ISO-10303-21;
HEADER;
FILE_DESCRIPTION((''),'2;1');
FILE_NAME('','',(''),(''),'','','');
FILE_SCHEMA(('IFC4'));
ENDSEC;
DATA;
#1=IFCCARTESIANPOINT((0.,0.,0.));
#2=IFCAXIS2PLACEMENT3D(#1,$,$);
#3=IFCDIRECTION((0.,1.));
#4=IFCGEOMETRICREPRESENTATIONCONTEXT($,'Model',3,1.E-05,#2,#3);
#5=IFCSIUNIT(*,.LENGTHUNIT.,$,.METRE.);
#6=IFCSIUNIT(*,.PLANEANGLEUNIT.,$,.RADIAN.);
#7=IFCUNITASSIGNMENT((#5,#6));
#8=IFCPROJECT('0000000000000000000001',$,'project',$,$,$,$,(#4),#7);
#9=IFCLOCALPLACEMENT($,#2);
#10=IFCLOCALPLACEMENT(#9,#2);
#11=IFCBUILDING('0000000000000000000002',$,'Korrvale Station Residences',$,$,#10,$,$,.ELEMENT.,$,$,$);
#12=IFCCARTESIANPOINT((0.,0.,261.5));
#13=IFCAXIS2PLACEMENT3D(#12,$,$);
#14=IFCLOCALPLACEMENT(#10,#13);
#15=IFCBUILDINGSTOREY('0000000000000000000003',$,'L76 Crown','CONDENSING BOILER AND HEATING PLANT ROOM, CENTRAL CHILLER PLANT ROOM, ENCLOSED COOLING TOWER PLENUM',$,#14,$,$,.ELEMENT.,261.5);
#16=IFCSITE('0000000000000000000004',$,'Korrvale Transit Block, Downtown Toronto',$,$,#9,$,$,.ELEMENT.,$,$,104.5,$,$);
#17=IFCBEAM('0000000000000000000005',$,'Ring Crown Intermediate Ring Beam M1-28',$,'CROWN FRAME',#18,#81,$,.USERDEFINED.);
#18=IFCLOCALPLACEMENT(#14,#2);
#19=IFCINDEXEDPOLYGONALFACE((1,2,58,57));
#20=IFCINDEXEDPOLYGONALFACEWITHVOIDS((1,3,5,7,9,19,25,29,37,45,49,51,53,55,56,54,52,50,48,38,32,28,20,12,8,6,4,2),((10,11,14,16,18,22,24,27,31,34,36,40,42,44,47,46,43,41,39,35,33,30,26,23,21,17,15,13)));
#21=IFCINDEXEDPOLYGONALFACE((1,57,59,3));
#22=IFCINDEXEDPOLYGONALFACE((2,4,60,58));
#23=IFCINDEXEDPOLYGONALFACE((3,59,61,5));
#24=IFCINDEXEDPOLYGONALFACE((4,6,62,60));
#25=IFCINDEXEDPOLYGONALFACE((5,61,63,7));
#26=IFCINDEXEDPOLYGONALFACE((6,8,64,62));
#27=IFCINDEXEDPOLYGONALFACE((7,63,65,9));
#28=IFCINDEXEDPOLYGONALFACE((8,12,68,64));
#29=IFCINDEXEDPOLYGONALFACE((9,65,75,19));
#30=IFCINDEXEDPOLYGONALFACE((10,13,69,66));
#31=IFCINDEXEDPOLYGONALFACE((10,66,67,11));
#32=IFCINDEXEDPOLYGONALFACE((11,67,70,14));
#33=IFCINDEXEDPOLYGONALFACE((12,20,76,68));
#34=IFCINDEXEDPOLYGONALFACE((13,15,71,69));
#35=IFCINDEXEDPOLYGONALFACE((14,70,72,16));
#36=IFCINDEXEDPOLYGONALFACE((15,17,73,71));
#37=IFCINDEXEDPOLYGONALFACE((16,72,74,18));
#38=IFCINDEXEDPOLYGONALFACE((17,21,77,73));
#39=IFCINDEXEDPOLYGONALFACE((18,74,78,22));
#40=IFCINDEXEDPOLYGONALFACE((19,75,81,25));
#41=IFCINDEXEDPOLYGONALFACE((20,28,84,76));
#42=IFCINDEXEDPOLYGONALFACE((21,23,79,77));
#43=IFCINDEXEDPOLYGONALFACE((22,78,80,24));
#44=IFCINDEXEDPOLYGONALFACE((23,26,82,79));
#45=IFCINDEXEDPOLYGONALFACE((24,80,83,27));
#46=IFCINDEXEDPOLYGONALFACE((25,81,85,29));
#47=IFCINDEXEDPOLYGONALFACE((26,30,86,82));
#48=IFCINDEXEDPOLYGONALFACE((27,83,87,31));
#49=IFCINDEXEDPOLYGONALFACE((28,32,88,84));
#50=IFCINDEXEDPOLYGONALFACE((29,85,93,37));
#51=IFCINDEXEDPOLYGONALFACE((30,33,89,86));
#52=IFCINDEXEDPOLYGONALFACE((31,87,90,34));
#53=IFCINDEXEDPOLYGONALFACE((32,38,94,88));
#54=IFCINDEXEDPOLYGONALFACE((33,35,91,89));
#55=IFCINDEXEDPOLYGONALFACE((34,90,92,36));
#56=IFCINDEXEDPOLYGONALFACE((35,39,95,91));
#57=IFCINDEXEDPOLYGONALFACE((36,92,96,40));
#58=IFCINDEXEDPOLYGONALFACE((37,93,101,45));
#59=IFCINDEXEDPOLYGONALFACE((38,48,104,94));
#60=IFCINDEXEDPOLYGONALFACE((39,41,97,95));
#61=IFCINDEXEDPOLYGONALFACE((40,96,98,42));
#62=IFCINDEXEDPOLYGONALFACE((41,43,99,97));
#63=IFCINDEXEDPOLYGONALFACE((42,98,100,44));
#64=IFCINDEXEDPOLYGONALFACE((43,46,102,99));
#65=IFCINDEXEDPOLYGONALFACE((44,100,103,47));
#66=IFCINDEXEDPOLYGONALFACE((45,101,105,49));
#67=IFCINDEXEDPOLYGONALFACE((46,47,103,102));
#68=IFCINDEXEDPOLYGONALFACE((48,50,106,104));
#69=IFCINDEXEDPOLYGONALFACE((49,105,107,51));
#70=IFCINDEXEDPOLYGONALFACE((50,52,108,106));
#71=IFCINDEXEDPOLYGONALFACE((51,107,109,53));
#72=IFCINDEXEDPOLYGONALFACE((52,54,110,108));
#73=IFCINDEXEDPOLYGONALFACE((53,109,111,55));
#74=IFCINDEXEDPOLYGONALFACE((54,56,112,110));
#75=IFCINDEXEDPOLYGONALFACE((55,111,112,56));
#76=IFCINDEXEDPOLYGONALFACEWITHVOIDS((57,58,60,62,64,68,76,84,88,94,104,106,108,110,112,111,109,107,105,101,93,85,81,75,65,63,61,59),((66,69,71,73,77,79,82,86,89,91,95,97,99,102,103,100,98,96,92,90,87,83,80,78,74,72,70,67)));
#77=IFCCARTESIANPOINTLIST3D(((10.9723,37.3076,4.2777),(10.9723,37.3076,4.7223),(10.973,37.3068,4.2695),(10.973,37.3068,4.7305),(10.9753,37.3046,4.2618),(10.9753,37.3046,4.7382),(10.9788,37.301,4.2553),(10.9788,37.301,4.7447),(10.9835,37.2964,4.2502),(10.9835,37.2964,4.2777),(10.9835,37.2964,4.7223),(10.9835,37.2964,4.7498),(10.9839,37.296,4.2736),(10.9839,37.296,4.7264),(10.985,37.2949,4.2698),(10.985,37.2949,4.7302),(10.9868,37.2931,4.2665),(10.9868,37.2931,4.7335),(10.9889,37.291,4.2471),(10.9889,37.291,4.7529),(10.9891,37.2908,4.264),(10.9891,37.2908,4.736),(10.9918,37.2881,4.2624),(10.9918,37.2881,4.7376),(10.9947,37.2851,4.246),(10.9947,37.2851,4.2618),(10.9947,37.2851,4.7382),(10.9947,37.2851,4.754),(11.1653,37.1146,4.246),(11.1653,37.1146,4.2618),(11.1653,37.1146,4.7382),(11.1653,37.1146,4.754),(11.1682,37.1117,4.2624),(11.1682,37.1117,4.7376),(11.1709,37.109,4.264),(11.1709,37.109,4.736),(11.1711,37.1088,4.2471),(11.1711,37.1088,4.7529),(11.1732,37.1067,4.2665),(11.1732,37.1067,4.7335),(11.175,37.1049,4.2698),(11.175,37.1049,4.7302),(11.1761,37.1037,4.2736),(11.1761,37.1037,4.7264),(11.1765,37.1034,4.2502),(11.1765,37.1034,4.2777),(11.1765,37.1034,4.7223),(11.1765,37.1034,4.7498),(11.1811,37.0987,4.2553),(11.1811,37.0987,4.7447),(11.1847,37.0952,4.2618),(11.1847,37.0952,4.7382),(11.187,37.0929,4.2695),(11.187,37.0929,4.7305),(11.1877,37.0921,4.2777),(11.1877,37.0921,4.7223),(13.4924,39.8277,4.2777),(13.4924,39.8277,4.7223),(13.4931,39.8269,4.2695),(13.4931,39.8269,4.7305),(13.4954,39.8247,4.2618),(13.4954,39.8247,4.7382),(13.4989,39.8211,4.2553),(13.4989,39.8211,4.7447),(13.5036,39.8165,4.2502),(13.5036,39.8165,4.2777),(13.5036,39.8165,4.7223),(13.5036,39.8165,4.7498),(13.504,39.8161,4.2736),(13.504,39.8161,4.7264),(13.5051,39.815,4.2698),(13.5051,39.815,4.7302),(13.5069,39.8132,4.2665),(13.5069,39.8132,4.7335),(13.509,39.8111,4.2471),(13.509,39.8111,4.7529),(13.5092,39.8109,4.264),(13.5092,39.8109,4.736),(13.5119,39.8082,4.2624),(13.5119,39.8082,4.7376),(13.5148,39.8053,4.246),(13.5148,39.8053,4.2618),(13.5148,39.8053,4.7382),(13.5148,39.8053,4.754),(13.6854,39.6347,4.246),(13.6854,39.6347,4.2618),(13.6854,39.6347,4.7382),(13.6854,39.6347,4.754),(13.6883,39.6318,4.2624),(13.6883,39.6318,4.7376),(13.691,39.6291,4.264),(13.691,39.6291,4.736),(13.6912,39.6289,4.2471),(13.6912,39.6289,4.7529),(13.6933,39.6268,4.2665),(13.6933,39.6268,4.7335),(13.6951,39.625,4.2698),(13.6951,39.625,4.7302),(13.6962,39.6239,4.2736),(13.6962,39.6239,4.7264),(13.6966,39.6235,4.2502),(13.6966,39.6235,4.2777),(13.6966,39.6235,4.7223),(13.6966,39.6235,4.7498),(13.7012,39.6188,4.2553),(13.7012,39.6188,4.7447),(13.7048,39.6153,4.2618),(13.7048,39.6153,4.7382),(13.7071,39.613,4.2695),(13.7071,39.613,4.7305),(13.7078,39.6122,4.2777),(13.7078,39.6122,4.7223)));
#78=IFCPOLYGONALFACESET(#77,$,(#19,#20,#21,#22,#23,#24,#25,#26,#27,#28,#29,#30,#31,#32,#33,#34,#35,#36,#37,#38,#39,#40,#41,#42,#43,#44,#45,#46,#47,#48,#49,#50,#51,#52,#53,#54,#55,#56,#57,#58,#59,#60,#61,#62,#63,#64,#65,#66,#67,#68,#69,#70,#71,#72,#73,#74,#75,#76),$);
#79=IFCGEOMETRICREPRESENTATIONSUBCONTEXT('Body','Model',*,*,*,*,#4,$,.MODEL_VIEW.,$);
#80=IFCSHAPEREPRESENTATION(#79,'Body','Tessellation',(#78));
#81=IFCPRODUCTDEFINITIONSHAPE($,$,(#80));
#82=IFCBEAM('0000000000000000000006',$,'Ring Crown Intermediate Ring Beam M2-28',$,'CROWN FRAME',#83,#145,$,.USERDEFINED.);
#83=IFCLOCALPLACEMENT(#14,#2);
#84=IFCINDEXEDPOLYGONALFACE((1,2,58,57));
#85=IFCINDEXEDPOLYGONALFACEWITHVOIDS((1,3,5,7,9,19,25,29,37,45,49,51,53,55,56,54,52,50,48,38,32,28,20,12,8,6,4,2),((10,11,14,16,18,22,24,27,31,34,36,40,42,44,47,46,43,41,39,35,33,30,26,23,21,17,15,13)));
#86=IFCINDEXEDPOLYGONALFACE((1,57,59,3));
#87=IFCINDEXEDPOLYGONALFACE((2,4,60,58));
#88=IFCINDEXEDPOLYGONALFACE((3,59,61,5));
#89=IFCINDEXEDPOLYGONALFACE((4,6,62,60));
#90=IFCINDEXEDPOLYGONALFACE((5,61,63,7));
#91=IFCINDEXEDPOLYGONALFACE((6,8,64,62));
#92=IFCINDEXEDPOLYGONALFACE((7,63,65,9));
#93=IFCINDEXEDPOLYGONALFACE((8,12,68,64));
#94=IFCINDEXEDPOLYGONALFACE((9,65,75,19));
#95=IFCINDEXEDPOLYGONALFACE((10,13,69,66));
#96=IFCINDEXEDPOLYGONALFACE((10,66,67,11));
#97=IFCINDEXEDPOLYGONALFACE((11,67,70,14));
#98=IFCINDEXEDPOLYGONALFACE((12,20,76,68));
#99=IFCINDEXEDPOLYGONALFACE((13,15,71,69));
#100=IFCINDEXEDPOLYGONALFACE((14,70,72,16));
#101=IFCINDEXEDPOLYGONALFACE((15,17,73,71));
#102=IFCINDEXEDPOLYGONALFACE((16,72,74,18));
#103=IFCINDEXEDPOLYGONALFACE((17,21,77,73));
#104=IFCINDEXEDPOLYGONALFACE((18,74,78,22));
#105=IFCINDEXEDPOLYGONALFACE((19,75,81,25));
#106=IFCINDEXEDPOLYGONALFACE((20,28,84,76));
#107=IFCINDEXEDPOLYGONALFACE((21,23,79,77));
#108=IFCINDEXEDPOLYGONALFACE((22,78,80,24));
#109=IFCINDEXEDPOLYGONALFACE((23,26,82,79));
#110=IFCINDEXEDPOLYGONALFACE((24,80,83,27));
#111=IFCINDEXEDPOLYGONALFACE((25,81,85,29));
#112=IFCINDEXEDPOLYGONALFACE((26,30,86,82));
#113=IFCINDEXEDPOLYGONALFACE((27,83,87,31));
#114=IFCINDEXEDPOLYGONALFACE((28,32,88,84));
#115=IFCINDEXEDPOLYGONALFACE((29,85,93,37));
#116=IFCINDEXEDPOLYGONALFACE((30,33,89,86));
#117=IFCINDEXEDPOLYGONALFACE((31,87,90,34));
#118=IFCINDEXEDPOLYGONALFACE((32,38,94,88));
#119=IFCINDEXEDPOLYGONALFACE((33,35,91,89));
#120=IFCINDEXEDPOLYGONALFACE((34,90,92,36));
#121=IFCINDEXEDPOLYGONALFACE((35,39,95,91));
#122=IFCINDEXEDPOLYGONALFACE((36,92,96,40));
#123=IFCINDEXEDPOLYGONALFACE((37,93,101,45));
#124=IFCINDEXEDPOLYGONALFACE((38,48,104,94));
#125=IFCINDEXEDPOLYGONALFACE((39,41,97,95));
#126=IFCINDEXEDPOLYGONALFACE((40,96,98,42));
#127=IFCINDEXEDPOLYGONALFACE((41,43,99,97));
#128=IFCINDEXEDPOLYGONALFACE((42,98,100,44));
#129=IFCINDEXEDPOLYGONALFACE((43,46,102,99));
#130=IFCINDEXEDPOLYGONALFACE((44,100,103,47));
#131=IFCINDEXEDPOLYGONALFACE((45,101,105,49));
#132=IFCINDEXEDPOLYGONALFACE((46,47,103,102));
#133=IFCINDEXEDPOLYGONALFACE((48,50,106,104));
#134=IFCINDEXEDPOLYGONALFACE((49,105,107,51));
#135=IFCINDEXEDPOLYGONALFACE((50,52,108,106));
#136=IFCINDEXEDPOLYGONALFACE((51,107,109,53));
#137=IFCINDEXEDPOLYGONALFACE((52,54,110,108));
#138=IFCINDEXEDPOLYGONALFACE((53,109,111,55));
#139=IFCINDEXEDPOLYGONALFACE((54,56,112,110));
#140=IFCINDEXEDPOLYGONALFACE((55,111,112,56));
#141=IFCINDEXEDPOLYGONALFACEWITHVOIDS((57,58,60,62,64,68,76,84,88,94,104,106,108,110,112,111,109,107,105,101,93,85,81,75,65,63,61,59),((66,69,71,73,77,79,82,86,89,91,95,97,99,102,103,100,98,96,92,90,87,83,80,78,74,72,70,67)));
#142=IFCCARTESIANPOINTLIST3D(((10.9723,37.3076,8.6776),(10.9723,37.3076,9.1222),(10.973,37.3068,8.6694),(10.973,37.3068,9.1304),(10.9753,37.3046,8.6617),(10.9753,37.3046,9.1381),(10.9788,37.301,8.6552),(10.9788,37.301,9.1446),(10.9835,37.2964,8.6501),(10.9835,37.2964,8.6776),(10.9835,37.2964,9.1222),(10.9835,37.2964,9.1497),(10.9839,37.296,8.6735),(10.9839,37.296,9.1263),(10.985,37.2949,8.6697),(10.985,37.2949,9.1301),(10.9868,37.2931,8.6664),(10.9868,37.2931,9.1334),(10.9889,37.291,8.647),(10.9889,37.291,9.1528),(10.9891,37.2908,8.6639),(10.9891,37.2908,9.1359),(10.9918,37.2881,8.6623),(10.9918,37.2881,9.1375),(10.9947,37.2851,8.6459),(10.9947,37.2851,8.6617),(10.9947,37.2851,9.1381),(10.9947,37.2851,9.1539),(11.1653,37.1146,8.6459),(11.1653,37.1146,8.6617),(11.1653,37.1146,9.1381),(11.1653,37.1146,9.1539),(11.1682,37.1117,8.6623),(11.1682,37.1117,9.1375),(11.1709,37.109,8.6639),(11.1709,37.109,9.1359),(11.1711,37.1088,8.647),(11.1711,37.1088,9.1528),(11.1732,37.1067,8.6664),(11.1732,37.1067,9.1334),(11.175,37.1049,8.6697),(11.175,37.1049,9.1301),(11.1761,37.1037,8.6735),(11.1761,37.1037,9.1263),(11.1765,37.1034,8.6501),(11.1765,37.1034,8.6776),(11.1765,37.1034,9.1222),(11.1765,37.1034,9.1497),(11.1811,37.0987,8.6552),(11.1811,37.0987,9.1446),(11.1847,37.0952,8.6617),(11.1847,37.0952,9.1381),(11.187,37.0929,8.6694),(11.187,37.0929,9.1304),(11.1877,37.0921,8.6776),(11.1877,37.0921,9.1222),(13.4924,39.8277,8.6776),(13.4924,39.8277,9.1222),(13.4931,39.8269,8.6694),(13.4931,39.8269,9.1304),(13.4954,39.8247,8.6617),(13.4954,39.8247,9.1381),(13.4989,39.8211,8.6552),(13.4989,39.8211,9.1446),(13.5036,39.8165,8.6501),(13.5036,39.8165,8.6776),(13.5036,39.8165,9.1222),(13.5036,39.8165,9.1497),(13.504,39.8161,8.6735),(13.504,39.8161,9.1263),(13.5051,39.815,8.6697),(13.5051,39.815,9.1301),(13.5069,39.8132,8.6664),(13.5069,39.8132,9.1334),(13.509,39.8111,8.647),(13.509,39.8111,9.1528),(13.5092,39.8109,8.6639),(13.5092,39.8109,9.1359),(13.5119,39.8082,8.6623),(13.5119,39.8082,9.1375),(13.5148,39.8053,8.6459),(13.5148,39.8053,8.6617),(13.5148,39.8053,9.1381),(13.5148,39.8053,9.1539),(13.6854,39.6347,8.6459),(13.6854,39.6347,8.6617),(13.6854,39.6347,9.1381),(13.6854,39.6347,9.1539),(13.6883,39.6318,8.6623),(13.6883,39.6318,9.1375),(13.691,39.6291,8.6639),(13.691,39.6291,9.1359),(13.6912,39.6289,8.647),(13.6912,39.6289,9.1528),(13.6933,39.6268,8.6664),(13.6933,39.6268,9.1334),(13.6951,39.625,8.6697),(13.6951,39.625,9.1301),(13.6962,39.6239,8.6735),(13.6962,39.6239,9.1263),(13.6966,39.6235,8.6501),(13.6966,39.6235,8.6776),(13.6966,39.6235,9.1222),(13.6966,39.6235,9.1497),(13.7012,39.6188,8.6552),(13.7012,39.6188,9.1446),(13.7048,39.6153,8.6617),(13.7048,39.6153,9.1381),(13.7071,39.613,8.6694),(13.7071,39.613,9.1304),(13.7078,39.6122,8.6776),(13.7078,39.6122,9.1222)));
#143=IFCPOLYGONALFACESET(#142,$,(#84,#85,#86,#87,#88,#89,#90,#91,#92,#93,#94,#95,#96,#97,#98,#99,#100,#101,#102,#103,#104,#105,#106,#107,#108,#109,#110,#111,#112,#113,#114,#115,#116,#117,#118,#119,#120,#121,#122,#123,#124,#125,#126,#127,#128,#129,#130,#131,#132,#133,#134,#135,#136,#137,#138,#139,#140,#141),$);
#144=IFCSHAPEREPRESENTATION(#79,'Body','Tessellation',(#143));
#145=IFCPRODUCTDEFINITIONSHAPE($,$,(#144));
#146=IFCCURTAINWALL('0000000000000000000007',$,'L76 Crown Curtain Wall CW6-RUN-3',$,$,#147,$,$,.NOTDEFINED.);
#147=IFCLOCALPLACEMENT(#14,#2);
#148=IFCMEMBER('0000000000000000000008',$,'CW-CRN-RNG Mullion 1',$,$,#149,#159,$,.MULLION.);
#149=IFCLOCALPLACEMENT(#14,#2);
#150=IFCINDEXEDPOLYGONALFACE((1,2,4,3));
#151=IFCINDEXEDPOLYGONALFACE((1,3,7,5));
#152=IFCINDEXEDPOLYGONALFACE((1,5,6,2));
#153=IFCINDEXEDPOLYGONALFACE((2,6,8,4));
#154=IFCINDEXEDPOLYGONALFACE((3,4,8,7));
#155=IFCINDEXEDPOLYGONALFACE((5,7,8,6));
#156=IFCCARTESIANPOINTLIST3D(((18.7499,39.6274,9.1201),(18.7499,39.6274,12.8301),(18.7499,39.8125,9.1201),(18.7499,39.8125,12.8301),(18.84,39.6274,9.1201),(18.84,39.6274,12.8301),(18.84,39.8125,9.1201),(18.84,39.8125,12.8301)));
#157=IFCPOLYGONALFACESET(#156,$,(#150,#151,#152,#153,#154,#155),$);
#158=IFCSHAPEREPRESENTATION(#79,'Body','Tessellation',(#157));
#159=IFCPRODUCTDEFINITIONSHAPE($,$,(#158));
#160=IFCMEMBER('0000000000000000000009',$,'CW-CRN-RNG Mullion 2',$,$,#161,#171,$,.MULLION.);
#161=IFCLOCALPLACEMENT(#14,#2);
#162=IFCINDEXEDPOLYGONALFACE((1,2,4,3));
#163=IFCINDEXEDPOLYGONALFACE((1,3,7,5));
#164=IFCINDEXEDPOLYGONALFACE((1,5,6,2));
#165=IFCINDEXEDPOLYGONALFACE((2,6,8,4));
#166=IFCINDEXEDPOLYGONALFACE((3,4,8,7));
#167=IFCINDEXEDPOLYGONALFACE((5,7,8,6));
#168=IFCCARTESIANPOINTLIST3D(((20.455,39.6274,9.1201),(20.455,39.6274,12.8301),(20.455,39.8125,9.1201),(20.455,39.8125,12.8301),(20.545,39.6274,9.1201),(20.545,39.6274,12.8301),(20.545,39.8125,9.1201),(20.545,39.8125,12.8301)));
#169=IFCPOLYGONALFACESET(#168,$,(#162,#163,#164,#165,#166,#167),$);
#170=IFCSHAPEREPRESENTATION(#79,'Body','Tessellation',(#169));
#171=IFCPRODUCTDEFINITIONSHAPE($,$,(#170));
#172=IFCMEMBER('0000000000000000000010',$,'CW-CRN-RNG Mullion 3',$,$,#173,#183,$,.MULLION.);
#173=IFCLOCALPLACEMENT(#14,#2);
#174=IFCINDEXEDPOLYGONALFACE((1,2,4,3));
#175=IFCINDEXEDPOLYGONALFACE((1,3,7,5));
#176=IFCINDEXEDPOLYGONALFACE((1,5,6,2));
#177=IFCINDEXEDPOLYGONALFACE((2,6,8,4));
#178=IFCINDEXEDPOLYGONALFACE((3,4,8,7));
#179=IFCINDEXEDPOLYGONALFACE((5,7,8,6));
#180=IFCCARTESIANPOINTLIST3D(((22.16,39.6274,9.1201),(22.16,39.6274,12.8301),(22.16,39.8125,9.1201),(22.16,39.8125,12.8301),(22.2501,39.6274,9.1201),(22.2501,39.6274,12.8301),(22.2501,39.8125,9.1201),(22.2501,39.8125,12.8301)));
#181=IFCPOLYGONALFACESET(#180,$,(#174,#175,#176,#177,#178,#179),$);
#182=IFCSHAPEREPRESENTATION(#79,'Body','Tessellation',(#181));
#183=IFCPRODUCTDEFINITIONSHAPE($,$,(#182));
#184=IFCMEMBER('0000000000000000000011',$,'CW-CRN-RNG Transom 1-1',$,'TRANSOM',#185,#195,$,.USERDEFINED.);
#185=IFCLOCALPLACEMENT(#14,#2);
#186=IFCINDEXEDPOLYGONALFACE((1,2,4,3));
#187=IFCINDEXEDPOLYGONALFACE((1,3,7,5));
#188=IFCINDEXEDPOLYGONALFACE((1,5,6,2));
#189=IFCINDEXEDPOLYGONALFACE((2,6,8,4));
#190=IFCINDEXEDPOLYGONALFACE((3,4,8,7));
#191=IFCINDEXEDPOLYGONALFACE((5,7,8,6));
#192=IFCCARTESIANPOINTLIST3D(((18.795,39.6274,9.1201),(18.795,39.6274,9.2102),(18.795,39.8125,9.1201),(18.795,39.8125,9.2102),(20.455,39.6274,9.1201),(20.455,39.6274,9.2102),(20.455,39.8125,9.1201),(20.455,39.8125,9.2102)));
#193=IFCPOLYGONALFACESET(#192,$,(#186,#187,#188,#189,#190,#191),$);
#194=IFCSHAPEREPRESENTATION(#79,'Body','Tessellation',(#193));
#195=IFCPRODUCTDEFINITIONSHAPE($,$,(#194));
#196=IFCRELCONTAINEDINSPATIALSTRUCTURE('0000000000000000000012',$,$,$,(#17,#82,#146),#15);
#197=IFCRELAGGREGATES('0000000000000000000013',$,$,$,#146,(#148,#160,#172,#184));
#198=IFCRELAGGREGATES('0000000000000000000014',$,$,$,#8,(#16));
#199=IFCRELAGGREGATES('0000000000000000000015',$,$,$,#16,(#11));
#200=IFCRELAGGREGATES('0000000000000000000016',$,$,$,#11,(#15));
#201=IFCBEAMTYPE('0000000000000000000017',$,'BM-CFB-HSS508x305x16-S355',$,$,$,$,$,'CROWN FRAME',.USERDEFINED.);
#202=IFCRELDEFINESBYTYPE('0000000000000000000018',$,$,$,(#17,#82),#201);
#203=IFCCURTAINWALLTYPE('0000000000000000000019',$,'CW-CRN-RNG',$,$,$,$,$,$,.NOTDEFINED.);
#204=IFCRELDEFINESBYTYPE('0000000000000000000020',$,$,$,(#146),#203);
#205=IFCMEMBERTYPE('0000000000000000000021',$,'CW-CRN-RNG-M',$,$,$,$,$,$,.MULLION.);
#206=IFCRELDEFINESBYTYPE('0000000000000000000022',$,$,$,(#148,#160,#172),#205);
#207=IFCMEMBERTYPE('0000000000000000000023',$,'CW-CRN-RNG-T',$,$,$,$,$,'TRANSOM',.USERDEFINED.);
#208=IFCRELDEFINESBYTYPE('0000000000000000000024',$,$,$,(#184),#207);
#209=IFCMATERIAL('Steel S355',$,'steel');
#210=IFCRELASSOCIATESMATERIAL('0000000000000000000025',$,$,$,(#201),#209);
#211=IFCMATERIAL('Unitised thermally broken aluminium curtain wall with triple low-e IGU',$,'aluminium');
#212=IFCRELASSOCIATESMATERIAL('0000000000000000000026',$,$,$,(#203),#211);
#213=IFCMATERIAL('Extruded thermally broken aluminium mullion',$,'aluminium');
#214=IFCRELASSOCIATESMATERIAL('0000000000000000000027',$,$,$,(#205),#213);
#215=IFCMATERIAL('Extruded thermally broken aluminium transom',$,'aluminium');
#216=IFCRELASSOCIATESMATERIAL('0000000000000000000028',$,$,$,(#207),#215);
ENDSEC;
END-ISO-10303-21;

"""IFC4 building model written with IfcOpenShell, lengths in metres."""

from ifc_helpers import new_model, si_unit, direction, frame, origin, origin_2d, place, context, subcontext, project, spatial, rectangle, hollow_rectangle, extrude, material, material_profile, profile_set, type_object, element, aggregate, save


model = new_model("IFC4")

# Units and contexts
model_context = context("Model", 3, precision=1e-05, world=origin(), true_north=direction((0.0, 1.0)))
body_context = subcontext(model_context, "Body", "Model", "MODEL_VIEW")
ifc_project = project(units=[si_unit("LENGTHUNIT", "METRE"), si_unit("PLANEANGLEUNIT", "RADIAN")], contexts=[model_context])

# Site, building, storey
site_placement = place(None, origin())
site = spatial("IfcSite", under=ifc_project, at=site_placement, Name="Korrvale Transit Block, Downtown Toronto", CompositionType="ELEMENT", RefElevation=104.5)
building_placement = place(site_placement, origin())
building = spatial("IfcBuilding", under=site, at=building_placement, Name="Korrvale Station Residences", CompositionType="ELEMENT")
storey_placement = place(building_placement, frame((0.0, 0.0, 261.5)))
storey = spatial("IfcBuildingStorey", under=building, at=storey_placement, Name="L76 Crown", Description="CONDENSING BOILER AND HEATING PLANT ROOM, CENTRAL CHILLER PLANT ROOM, ENCLOSED COOLING TOWER PLENUM", CompositionType="ELEMENT", Elevation=261.5)

# Beams
ifc_material_1 = material(Name="Steel S355", Category="steel")
ifc_material_profile_1 = material_profile(ifc_material_1, hollow_rectangle(XDim=0.3047, YDim=0.5081, WallThickness=0.0159, InnerFilletRadius=0.0159, OuterFilletRadius=0.0317, at=origin_2d()), Name="HSS508x305x16")
ifc_profile_set_1 = profile_set([ifc_material_profile_1], Name="Steel S355")
beam_type = type_object("IfcBeamType", Name="BM-CFB-HSS508x305x16-S355", ElementType="CROWN FRAME", PredefinedType="USERDEFINED", material=ifc_profile_set_1)
for number, where, z_axis, x_axis, name in (
    (1, (13.6001, 39.72, 4.5), (-0.707107, -0.707107, 0.0), (0.707107, -0.707107, 0.0), "Ring Crown Intermediate Ring Beam M1-28"),
    (2, (13.6001, 39.72, 8.8999), (-0.707107, -0.707107, 0.0), (0.707107, -0.707107, 0.0), "Ring Crown Intermediate Ring Beam M2-28"),
):
    element("IfcBeam", number, at=place(storey_placement, frame(where, z_axis=z_axis, x_axis=x_axis)), inside=storey, type_object=beam_type, Name=name, ObjectType="CROWN FRAME", PredefinedType="USERDEFINED", context=body_context, shape_type="SweptSolid", body=[
        extrude(hollow_rectangle(XDim=0.3047, YDim=0.5081, WallThickness=0.0159, InnerFilletRadius=0.0159, OuterFilletRadius=0.0317, at=origin_2d()), origin(), (0.0, 0.0, 1.0), 3.564),
    ])

# Curtain wall, members
ifc_material_2 = material(Name="Unitised thermally broken aluminium curtain wall with triple low-e IGU", Category="aluminium")
curtain_wall_type = type_object("IfcCurtainWallType", Name="CW-CRN-RNG", PredefinedType="NOTDEFINED", material=ifc_material_2)
curtain_wall_placement = place(storey_placement, origin())
curtain_wall = element("IfcCurtainWall", 3, at=curtain_wall_placement, inside=storey, type_object=curtain_wall_type, Name="L76 Crown Curtain Wall CW6-RUN-3", PredefinedType="NOTDEFINED")
ifc_material_3 = material(Name="Extruded thermally broken aluminium mullion", Category="aluminium")
member_type_1 = type_object("IfcMemberType", Name="CW-CRN-RNG-M", PredefinedType="MULLION", material=ifc_material_3)
member_1_placement = place(storey_placement, frame((18.7949, 39.72, 9.1201), z_axis=(0.0, 0.0, 1.0), x_axis=(1.0, 0.0, 0.0)))
member_1 = element("IfcMember", 4, at=member_1_placement, type_object=member_type_1, Name="CW-CRN-RNG Mullion 1", PredefinedType="MULLION", context=body_context, shape_type="SweptSolid", body=[
    extrude(rectangle(XDim=0.0901, YDim=0.1851, at=origin_2d()), origin(), (0.0, 0.0, 1.0), 3.71),
])
member_2_placement = place(storey_placement, frame((20.5, 39.72, 9.1201), z_axis=(0.0, 0.0, 1.0), x_axis=(1.0, 0.0, 0.0)))
member_2 = element("IfcMember", 5, at=member_2_placement, type_object=member_type_1, Name="CW-CRN-RNG Mullion 2", PredefinedType="MULLION", context=body_context, shape_type="SweptSolid", body=[
    extrude(rectangle(XDim=0.0901, YDim=0.1851, at=origin_2d()), origin(), (0.0, 0.0, 1.0), 3.71),
])
member_3_placement = place(storey_placement, frame((22.2051, 39.72, 9.1201), z_axis=(0.0, 0.0, 1.0), x_axis=(1.0, 0.0, 0.0)))
member_3 = element("IfcMember", 6, at=member_3_placement, type_object=member_type_1, Name="CW-CRN-RNG Mullion 3", PredefinedType="MULLION", context=body_context, shape_type="SweptSolid", body=[
    extrude(rectangle(XDim=0.0901, YDim=0.1851, at=origin_2d()), origin(), (0.0, 0.0, 1.0), 3.71),
])
ifc_material_4 = material(Name="Extruded thermally broken aluminium transom", Category="aluminium")
member_type_2 = type_object("IfcMemberType", Name="CW-CRN-RNG-T", ElementType="TRANSOM", PredefinedType="USERDEFINED", material=ifc_material_4)
member_4_placement = place(storey_placement, frame((19.625, 39.72, 9.1201), z_axis=(0.0, 0.0, 1.0), x_axis=(1.0, 0.0, 0.0)))
member_4 = element("IfcMember", 7, at=member_4_placement, type_object=member_type_2, Name="CW-CRN-RNG Transom 1-1", ObjectType="TRANSOM", PredefinedType="USERDEFINED", context=body_context, shape_type="SweptSolid", body=[
    extrude(rectangle(XDim=1.6599, YDim=0.1851, at=origin_2d()), origin(), (0.0, 0.0, 1.0), 0.0901),
])

aggregate(curtain_wall, [member_1, member_2, member_3, member_4])

save(model, "model.ifc")
